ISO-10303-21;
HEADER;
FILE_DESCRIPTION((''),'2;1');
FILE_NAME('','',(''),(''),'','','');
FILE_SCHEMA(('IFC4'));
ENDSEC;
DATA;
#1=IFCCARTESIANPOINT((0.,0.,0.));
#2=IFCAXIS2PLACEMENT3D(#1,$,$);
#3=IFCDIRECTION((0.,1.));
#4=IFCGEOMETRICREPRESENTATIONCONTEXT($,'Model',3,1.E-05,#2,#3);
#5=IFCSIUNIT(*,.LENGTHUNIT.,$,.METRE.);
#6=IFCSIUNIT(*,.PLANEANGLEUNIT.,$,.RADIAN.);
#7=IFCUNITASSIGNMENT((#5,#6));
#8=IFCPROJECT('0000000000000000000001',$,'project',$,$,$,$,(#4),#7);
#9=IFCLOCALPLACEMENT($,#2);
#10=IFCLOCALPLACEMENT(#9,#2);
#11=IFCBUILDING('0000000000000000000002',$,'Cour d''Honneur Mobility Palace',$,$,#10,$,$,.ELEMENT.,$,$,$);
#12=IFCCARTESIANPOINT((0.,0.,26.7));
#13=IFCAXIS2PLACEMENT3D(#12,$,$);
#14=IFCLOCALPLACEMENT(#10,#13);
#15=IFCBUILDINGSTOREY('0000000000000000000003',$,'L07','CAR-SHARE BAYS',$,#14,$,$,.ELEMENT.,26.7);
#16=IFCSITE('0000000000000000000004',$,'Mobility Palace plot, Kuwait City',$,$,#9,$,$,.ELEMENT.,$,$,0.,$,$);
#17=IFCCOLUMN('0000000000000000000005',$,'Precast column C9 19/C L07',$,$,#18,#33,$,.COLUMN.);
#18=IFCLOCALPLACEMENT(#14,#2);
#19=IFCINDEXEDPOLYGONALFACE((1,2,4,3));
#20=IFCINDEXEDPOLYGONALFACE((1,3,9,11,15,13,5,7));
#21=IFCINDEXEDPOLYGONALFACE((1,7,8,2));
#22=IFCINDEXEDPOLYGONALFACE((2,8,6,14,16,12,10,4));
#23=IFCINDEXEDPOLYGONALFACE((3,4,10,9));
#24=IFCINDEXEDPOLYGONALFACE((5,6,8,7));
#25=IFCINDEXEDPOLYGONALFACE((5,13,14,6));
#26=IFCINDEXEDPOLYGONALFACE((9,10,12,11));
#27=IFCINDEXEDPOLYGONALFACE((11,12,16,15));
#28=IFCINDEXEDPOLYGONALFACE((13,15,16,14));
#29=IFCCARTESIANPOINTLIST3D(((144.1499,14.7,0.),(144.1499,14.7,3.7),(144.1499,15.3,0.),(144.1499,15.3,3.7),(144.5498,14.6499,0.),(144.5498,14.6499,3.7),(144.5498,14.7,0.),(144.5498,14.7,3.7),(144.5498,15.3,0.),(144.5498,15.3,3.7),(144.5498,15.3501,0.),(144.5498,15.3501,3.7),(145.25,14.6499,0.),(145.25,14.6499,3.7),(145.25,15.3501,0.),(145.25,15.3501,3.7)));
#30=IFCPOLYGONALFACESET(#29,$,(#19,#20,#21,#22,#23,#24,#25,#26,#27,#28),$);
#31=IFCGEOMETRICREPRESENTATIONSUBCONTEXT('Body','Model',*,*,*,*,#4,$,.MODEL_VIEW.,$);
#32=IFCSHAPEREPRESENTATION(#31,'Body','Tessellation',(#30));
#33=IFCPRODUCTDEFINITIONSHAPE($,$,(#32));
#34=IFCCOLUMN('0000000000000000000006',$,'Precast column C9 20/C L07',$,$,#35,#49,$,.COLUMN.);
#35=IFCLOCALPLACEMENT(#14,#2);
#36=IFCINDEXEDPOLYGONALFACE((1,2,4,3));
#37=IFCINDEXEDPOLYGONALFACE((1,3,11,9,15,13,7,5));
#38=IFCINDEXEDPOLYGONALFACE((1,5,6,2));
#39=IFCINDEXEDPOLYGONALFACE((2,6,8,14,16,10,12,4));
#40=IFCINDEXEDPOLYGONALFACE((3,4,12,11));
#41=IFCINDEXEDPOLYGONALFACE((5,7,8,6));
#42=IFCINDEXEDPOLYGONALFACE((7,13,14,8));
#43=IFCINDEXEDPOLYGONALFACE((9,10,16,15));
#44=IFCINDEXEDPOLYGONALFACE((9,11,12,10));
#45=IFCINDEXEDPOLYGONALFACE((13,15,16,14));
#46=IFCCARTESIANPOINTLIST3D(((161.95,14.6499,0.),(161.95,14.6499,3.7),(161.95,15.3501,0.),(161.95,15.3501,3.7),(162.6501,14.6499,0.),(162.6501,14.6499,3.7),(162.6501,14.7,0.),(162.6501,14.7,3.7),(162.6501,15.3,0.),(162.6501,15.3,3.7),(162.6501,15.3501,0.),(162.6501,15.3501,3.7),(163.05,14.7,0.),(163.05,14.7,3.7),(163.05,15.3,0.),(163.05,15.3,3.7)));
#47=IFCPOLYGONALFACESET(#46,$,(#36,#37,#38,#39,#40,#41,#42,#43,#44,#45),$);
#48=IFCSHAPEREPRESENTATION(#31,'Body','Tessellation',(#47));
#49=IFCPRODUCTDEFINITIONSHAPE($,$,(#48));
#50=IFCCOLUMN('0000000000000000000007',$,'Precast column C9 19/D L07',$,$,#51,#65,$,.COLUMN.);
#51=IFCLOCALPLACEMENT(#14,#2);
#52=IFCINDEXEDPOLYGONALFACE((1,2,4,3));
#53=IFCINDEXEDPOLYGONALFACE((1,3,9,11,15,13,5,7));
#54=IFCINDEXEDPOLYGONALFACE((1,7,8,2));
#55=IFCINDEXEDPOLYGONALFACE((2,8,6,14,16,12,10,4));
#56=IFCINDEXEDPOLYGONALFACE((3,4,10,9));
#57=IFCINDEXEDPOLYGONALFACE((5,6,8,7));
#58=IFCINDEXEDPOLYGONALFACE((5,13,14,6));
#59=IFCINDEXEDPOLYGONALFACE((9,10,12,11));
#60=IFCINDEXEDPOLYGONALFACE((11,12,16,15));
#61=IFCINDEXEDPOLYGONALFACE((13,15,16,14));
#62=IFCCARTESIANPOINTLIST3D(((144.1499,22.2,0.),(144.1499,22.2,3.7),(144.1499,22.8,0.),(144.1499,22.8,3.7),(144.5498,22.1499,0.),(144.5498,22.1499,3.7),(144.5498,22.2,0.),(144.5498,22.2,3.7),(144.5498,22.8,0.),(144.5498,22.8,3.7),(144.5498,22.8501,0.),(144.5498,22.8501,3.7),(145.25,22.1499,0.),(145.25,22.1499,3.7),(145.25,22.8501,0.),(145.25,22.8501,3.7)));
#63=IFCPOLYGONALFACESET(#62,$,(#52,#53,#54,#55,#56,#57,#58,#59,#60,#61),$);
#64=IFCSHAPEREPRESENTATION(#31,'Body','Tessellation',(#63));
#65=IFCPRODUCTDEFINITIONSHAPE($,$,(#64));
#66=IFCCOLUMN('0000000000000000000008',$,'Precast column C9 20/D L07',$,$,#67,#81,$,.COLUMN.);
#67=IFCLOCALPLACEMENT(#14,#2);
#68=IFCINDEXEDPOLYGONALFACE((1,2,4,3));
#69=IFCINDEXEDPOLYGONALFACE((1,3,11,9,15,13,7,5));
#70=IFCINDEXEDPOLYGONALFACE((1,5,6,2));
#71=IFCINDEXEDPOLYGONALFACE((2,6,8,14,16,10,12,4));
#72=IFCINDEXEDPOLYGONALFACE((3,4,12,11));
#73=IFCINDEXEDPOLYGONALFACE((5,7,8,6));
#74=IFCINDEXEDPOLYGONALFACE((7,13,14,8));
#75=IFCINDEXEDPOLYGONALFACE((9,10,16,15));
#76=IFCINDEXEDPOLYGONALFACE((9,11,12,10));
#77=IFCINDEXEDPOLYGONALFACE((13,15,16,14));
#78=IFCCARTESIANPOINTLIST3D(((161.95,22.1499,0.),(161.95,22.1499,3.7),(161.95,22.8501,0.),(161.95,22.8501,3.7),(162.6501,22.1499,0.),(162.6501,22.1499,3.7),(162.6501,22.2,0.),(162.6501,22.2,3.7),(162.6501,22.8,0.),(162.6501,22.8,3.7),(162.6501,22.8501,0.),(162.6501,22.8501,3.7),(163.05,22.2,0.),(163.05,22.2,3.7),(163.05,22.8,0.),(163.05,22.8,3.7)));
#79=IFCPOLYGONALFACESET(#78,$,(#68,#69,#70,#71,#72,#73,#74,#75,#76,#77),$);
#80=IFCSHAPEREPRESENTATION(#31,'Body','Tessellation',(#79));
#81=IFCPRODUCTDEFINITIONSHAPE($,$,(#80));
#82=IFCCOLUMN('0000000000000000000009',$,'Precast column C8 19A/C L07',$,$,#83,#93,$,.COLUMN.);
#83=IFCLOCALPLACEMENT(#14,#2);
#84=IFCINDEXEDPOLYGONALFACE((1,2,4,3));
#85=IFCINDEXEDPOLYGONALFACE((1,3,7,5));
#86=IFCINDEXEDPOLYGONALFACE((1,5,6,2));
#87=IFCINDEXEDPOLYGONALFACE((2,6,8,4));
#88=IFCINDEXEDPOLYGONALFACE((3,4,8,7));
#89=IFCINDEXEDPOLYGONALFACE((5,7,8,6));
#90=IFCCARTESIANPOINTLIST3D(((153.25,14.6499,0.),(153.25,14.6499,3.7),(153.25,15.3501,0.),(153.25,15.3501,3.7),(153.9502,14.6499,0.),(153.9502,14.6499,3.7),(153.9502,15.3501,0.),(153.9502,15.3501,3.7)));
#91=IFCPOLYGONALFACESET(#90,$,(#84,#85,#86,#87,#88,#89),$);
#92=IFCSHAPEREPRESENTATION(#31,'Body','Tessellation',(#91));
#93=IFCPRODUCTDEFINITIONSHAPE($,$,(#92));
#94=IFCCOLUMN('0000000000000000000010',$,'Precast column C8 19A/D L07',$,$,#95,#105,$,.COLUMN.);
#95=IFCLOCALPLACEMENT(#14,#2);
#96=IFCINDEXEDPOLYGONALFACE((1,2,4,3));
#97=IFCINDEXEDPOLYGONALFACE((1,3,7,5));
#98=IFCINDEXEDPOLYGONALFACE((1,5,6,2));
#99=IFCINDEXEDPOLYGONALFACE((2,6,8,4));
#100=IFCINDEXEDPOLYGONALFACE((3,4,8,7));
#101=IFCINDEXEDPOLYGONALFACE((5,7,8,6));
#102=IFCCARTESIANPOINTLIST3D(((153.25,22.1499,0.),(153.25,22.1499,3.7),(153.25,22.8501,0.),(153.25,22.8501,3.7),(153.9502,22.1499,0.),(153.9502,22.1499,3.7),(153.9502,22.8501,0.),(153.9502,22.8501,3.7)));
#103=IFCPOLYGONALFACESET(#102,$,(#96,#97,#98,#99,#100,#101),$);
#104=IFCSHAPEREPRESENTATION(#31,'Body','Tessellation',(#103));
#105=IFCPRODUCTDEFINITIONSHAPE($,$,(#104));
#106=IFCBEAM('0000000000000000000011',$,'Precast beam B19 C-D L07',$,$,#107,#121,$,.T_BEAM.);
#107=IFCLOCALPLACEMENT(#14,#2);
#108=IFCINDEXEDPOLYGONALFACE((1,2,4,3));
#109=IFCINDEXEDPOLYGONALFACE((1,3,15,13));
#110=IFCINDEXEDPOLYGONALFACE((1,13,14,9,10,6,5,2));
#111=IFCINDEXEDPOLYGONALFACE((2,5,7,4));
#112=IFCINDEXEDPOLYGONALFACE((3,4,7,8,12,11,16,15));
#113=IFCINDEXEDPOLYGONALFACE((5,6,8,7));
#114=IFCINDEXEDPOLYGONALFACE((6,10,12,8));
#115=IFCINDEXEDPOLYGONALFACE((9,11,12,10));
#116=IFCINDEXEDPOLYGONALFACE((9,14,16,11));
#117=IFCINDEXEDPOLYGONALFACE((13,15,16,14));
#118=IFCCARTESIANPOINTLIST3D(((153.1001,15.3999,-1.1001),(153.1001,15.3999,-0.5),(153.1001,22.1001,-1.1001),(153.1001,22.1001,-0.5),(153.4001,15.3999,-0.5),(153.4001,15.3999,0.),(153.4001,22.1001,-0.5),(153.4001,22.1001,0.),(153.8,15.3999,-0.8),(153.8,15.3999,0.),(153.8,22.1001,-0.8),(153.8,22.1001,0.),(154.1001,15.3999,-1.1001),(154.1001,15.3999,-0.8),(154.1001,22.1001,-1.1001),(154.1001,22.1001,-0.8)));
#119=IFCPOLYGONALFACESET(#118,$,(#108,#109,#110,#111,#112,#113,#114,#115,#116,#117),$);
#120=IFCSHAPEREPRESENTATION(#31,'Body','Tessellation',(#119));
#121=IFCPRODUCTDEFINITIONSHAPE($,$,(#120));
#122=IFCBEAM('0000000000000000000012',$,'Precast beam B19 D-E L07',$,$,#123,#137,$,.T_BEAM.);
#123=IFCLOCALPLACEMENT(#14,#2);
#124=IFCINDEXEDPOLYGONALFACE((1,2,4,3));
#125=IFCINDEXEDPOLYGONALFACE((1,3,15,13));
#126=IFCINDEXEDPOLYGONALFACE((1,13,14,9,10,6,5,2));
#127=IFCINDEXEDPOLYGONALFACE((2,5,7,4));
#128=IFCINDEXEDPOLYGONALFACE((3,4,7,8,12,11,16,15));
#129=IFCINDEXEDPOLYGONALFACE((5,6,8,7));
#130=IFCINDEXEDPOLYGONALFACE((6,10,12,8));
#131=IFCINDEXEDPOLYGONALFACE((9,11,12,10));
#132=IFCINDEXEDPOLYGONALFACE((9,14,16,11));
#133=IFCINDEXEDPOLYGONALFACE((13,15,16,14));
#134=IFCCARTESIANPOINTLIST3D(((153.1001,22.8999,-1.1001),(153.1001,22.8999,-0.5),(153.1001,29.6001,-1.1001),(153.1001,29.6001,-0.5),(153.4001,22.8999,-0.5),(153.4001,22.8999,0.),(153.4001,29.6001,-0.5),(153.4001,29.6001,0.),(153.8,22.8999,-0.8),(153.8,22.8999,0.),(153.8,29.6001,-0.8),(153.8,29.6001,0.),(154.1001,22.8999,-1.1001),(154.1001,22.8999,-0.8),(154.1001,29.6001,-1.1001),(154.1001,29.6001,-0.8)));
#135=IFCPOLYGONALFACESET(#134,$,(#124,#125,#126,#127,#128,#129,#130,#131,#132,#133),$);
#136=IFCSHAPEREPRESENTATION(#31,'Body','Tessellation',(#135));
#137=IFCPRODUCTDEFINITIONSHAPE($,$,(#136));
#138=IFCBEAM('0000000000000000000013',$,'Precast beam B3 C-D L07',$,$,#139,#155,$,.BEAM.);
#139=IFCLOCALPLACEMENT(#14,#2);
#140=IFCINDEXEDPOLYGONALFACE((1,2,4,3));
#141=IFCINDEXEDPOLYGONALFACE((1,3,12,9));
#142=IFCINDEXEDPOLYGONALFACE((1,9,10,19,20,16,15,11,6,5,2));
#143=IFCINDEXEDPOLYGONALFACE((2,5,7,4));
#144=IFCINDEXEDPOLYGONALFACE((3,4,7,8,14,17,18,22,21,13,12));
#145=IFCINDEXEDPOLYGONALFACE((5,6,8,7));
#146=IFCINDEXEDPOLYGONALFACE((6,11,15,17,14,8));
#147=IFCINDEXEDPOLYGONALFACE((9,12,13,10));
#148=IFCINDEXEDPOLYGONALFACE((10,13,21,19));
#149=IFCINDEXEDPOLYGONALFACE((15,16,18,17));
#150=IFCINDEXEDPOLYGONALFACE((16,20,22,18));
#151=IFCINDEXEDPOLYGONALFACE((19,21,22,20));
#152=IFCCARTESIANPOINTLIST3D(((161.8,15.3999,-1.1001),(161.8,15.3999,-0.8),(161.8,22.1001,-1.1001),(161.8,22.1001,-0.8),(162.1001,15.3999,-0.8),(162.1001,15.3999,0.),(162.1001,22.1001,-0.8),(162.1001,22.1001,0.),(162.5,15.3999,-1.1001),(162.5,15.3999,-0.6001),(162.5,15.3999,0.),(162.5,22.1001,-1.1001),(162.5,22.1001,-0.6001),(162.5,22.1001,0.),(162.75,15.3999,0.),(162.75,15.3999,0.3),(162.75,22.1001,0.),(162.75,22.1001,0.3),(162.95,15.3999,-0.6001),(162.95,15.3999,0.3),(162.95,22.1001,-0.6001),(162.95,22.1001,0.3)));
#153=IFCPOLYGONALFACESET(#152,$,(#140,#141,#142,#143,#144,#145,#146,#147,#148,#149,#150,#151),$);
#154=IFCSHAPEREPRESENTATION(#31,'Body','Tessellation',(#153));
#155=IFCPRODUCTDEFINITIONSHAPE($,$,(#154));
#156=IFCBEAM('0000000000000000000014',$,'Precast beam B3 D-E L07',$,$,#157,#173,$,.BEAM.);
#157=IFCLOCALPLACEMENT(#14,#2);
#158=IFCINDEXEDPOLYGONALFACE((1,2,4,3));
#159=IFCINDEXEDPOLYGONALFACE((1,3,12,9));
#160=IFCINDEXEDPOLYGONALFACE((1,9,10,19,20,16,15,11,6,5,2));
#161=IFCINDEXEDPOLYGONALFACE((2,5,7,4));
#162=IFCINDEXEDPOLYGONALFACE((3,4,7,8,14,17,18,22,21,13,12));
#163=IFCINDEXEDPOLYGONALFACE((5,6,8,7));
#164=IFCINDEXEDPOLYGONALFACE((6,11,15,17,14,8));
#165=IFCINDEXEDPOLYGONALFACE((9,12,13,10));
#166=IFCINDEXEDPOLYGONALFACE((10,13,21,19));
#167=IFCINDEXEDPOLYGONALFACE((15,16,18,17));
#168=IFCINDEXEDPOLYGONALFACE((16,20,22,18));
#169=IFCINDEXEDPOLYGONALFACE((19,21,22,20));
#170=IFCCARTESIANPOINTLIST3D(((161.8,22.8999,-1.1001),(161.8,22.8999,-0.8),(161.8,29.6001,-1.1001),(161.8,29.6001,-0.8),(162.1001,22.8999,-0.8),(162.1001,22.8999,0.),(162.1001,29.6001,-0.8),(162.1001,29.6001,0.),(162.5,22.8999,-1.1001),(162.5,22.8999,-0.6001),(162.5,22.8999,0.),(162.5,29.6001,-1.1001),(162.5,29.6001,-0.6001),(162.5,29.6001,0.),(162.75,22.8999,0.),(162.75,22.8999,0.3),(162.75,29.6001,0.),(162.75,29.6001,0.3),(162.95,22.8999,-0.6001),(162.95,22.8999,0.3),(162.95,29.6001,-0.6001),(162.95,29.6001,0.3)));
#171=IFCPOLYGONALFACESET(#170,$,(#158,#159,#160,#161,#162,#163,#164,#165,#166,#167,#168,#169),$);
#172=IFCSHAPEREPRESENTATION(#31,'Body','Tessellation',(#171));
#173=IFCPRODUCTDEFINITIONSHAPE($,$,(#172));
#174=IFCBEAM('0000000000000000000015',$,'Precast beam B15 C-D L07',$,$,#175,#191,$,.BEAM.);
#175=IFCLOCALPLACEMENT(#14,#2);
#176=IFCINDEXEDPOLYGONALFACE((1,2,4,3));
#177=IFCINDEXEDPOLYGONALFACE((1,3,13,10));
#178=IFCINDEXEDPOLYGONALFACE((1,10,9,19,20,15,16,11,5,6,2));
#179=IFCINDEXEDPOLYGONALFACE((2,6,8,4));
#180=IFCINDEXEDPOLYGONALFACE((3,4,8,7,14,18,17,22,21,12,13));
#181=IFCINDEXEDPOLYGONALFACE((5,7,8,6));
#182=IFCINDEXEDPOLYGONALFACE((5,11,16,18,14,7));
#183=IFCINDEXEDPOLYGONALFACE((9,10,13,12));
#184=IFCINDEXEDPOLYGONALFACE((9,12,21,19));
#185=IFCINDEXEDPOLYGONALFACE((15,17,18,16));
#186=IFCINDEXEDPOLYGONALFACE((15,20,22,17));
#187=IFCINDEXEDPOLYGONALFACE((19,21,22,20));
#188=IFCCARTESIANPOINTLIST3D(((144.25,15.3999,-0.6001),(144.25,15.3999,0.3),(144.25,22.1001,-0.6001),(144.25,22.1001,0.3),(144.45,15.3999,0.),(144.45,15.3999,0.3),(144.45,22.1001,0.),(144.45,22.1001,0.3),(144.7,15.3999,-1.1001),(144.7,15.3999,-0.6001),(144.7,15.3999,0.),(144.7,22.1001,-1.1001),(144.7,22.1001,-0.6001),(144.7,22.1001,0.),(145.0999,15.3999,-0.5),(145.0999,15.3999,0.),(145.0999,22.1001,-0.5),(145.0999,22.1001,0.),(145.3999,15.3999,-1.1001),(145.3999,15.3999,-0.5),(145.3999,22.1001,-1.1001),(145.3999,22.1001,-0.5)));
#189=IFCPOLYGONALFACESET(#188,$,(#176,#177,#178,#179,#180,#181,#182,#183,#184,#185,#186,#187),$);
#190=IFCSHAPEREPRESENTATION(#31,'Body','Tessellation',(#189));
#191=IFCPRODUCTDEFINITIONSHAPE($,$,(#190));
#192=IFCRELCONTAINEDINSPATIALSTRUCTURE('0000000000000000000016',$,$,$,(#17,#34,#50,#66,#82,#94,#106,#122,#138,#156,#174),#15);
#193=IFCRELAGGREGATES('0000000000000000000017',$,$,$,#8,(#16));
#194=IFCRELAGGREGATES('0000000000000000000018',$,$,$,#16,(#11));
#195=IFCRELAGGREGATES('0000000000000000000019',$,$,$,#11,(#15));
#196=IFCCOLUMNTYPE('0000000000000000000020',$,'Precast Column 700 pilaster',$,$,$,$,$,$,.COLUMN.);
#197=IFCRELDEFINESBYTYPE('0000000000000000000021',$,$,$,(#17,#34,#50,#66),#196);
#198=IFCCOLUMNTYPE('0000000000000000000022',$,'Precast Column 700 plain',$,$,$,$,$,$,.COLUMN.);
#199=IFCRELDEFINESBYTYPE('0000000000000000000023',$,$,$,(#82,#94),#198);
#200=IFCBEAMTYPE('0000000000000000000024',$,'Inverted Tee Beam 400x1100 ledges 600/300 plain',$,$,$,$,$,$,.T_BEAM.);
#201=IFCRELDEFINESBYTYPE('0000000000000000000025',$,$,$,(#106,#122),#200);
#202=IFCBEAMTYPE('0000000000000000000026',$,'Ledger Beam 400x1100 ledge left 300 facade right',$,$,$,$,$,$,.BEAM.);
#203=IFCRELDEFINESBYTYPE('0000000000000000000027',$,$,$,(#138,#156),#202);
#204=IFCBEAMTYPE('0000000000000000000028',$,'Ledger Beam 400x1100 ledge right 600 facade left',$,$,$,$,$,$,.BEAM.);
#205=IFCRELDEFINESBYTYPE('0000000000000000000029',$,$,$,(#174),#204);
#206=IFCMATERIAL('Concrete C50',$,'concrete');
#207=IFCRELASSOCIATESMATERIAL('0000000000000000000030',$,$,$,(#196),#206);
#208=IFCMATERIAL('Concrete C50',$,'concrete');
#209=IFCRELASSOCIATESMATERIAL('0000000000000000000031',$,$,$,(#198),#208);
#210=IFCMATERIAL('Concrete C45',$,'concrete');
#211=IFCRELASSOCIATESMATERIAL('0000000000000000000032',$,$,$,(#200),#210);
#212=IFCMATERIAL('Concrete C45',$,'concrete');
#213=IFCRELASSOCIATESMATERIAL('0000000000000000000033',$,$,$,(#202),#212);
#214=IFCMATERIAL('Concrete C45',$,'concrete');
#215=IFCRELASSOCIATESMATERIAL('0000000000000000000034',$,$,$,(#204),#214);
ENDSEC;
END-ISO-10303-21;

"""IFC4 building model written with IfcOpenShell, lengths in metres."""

from ifc_helpers import new_model, si_unit, direction, frame, origin, place, context, subcontext, project, spatial, polyline, outline, extrude, material, material_profile, profile_set, type_object, element, save


model = new_model("IFC4")

# Units and contexts
model_context = context("Model", 3, precision=1e-05, world=origin(), true_north=direction((0.0, 1.0)))
body_context = subcontext(model_context, "Body", "Model", "MODEL_VIEW")
ifc_project = project(units=[si_unit("LENGTHUNIT", "METRE"), si_unit("PLANEANGLEUNIT", "RADIAN")], contexts=[model_context])

# Site, building, storey
site_placement = place(None, origin())
site = spatial("IfcSite", under=ifc_project, at=site_placement, Name="Mobility Palace plot, Kuwait City", CompositionType="ELEMENT", RefElevation=0.0)
building_placement = place(site_placement, origin())
building = spatial("IfcBuilding", under=site, at=building_placement, Name="Cour d'Honneur Mobility Palace", CompositionType="ELEMENT")
storey_placement = place(building_placement, frame((0.0, 0.0, 26.7)))
storey = spatial("IfcBuildingStorey", under=building, at=storey_placement, Name="L07", Description="CAR-SHARE BAYS", CompositionType="ELEMENT", Elevation=26.7)

# Columns
ifc_material_1 = material(Name="Concrete C50", Category="concrete")
ifc_material_profile_1 = material_profile(ifc_material_1, outline(polyline([(-0.3501, -0.3501), (0.3501, -0.3501), (0.3501, -0.3), (0.75, -0.3), (0.75, 0.3), (0.3501, 0.3), (0.3501, 0.3501), (-0.3501, 0.3501), (-0.3501, -0.3501)])), Name="PC C700 pilaster")
ifc_profile_set_1 = profile_set([ifc_material_profile_1], Name="Concrete C50")
column_type_1 = type_object("IfcColumnType", Name="Precast Column 700 pilaster", PredefinedType="COLUMN", material=ifc_profile_set_1)
for number, where, z_axis, x_axis, name in (
    (1, (144.8999, 15.0, 0.0), (0.0, 0.0, 1.0), (-1.0, 0.0, 0.0), "Precast column C9 19/C L07"),
    (2, (162.3, 15.0, 0.0), (0.0, 0.0, 1.0), (1.0, 0.0, 0.0), "Precast column C9 20/C L07"),
    (3, (144.8999, 22.5, 0.0), (0.0, 0.0, 1.0), (-1.0, 0.0, 0.0), "Precast column C9 19/D L07"),
    (4, (162.3, 22.5, 0.0), (0.0, 0.0, 1.0), (1.0, 0.0, 0.0), "Precast column C9 20/D L07"),
):
    element("IfcColumn", number, at=place(storey_placement, frame(where, z_axis=z_axis, x_axis=x_axis)), inside=storey, type_object=column_type_1, Name=name, PredefinedType="COLUMN", context=body_context, shape_type="SweptSolid", body=[
        extrude(outline(polyline([(-0.3501, -0.3501), (0.3501, -0.3501), (0.3501, -0.3), (0.75, -0.3), (0.75, 0.3), (0.3501, 0.3), (0.3501, 0.3501), (-0.3501, 0.3501), (-0.3501, -0.3501)])), origin(), (0.0, 0.0, 1.0), 3.7),
    ])
ifc_material_2 = material(Name="Concrete C50", Category="concrete")
ifc_material_profile_2 = material_profile(ifc_material_2, outline(polyline([(-0.3501, -0.3501), (0.3501, -0.3501), (0.3501, 0.3501), (-0.3501, 0.3501), (-0.3501, -0.3501)])), Name="PC C700 plain")
ifc_profile_set_2 = profile_set([ifc_material_profile_2], Name="Concrete C50")
column_type_2 = type_object("IfcColumnType", Name="Precast Column 700 plain", PredefinedType="COLUMN", material=ifc_profile_set_2)
for number, where, z_axis, x_axis, name in (
    (5, (153.6001, 15.0, 0.0), (0.0, 0.0, 1.0), (1.0, 0.0, 0.0), "Precast column C8 19A/C L07"),
    (6, (153.6001, 22.5, 0.0), (0.0, 0.0, 1.0), (1.0, 0.0, 0.0), "Precast column C8 19A/D L07"),
):
    element("IfcColumn", number, at=place(storey_placement, frame(where, z_axis=z_axis, x_axis=x_axis)), inside=storey, type_object=column_type_2, Name=name, PredefinedType="COLUMN", context=body_context, shape_type="SweptSolid", body=[
        extrude(outline(polyline([(-0.3501, -0.3501), (0.3501, -0.3501), (0.3501, 0.3501), (-0.3501, 0.3501), (-0.3501, -0.3501)])), origin(), (0.0, 0.0, 1.0), 3.7),
    ])

# Beams
ifc_material_3 = material(Name="Concrete C45", Category="concrete")
ifc_material_profile_3 = material_profile(ifc_material_3, outline(polyline([(0.5, -1.1001), (0.5, -0.5), (0.2, -0.5), (0.2, 0.0), (-0.2, 0.0), (-0.2, -0.8), (-0.5, -0.8), (-0.5, -1.1001), (0.5, -1.1001)])), Name="Inverted Tee Beam 400x1100 ledges 600/300 plain")
ifc_profile_set_3 = profile_set([ifc_material_profile_3], Name="Concrete C45")
beam_type_1 = type_object("IfcBeamType", Name="Inverted Tee Beam 400x1100 ledges 600/300 plain", PredefinedType="T_BEAM", material=ifc_profile_set_3)
for number, where, z_axis, x_axis, name in (
    (7, (153.6001, 15.3999, 0.0), (0.0, 1.0, 0.0), (-1.0, 0.0, 0.0), "Precast beam B19 C-D L07"),
    (8, (153.6001, 22.8999, 0.0), (0.0, 1.0, 0.0), (-1.0, 0.0, 0.0), "Precast beam B19 D-E L07"),
):
    element("IfcBeam", number, at=place(storey_placement, frame(where, z_axis=z_axis, x_axis=x_axis)), inside=storey, type_object=beam_type_1, Name=name, PredefinedType="T_BEAM", context=body_context, shape_type="SweptSolid", body=[
        extrude(outline(polyline([(0.5, -1.1001), (0.5, -0.5), (0.2, -0.5), (0.2, 0.0), (-0.2, 0.0), (-0.2, -0.8), (-0.5, -0.8), (-0.5, -1.1001), (0.5, -1.1001)])), origin(), (0.0, 0.0, 1.0), 6.7002),
    ])
ifc_material_4 = material(Name="Concrete C45", Category="concrete")
ifc_material_profile_4 = material_profile(ifc_material_4, outline(polyline([(0.5, -1.1001), (0.5, -0.8), (0.2, -0.8), (0.2, 0.0), (-0.2, 0.0), (-0.45, 0.0), (-0.45, 0.3), (-0.6499, 0.3), (-0.6499, -0.6001), (-0.2, -0.6001), (-0.2, -1.1001), (0.5, -1.1001)])), Name="Ledger Beam 400x1100 ledge left 300 facade right")
ifc_profile_set_4 = profile_set([ifc_material_profile_4], Name="Concrete C45")
beam_type_2 = type_object("IfcBeamType", Name="Ledger Beam 400x1100 ledge left 300 facade right", PredefinedType="BEAM", material=ifc_profile_set_4)
for number, where, z_axis, x_axis, name in (
    (9, (162.3, 15.3999, 0.0), (0.0, 1.0, 0.0), (-1.0, 0.0, 0.0), "Precast beam B3 C-D L07"),
    (10, (162.3, 22.8999, 0.0), (0.0, 1.0, 0.0), (-1.0, 0.0, 0.0), "Precast beam B3 D-E L07"),
):
    element("IfcBeam", number, at=place(storey_placement, frame(where, z_axis=z_axis, x_axis=x_axis)), inside=storey, type_object=beam_type_2, Name=name, PredefinedType="BEAM", context=body_context, shape_type="SweptSolid", body=[
        extrude(outline(polyline([(0.5, -1.1001), (0.5, -0.8), (0.2, -0.8), (0.2, 0.0), (-0.2, 0.0), (-0.45, 0.0), (-0.45, 0.3), (-0.6499, 0.3), (-0.6499, -0.6001), (-0.2, -0.6001), (-0.2, -1.1001), (0.5, -1.1001)])), origin(), (0.0, 0.0, 1.0), 6.7002),
    ])
ifc_material_5 = material(Name="Concrete C45", Category="concrete")
ifc_material_profile_5 = material_profile(ifc_material_5, outline(polyline([(0.2, -1.1001), (0.2, -0.6001), (0.6499, -0.6001), (0.6499, 0.3), (0.45, 0.3), (0.45, 0.0), (0.2, 0.0), (-0.2, 0.0), (-0.2, -0.5), (-0.5, -0.5), (-0.5, -1.1001), (0.2, -1.1001)])), Name="Ledger Beam 400x1100 ledge right 600 facade left")
ifc_profile_set_5 = profile_set([ifc_material_profile_5], Name="Concrete C45")
beam_type_3 = type_object("IfcBeamType", Name="Ledger Beam 400x1100 ledge right 600 facade left", PredefinedType="BEAM", material=ifc_profile_set_5)
for number, where, z_axis, x_axis, name in (
    (11, (144.8999, 15.3999, 0.0), (0.0, 1.0, 0.0), (-1.0, 0.0, 0.0), "Precast beam B15 C-D L07"),
):
    element("IfcBeam", number, at=place(storey_placement, frame(where, z_axis=z_axis, x_axis=x_axis)), inside=storey, type_object=beam_type_3, Name=name, PredefinedType="BEAM", context=body_context, shape_type="SweptSolid", body=[
        extrude(outline(polyline([(0.2, -1.1001), (0.2, -0.6001), (0.6499, -0.6001), (0.6499, 0.3), (0.45, 0.3), (0.45, 0.0), (0.2, 0.0), (-0.2, 0.0), (-0.2, -0.5), (-0.5, -0.5), (-0.5, -1.1001), (0.2, -1.1001)])), origin(), (0.0, 0.0, 1.0), 6.7002),
    ])

save(model, "model.ifc")
